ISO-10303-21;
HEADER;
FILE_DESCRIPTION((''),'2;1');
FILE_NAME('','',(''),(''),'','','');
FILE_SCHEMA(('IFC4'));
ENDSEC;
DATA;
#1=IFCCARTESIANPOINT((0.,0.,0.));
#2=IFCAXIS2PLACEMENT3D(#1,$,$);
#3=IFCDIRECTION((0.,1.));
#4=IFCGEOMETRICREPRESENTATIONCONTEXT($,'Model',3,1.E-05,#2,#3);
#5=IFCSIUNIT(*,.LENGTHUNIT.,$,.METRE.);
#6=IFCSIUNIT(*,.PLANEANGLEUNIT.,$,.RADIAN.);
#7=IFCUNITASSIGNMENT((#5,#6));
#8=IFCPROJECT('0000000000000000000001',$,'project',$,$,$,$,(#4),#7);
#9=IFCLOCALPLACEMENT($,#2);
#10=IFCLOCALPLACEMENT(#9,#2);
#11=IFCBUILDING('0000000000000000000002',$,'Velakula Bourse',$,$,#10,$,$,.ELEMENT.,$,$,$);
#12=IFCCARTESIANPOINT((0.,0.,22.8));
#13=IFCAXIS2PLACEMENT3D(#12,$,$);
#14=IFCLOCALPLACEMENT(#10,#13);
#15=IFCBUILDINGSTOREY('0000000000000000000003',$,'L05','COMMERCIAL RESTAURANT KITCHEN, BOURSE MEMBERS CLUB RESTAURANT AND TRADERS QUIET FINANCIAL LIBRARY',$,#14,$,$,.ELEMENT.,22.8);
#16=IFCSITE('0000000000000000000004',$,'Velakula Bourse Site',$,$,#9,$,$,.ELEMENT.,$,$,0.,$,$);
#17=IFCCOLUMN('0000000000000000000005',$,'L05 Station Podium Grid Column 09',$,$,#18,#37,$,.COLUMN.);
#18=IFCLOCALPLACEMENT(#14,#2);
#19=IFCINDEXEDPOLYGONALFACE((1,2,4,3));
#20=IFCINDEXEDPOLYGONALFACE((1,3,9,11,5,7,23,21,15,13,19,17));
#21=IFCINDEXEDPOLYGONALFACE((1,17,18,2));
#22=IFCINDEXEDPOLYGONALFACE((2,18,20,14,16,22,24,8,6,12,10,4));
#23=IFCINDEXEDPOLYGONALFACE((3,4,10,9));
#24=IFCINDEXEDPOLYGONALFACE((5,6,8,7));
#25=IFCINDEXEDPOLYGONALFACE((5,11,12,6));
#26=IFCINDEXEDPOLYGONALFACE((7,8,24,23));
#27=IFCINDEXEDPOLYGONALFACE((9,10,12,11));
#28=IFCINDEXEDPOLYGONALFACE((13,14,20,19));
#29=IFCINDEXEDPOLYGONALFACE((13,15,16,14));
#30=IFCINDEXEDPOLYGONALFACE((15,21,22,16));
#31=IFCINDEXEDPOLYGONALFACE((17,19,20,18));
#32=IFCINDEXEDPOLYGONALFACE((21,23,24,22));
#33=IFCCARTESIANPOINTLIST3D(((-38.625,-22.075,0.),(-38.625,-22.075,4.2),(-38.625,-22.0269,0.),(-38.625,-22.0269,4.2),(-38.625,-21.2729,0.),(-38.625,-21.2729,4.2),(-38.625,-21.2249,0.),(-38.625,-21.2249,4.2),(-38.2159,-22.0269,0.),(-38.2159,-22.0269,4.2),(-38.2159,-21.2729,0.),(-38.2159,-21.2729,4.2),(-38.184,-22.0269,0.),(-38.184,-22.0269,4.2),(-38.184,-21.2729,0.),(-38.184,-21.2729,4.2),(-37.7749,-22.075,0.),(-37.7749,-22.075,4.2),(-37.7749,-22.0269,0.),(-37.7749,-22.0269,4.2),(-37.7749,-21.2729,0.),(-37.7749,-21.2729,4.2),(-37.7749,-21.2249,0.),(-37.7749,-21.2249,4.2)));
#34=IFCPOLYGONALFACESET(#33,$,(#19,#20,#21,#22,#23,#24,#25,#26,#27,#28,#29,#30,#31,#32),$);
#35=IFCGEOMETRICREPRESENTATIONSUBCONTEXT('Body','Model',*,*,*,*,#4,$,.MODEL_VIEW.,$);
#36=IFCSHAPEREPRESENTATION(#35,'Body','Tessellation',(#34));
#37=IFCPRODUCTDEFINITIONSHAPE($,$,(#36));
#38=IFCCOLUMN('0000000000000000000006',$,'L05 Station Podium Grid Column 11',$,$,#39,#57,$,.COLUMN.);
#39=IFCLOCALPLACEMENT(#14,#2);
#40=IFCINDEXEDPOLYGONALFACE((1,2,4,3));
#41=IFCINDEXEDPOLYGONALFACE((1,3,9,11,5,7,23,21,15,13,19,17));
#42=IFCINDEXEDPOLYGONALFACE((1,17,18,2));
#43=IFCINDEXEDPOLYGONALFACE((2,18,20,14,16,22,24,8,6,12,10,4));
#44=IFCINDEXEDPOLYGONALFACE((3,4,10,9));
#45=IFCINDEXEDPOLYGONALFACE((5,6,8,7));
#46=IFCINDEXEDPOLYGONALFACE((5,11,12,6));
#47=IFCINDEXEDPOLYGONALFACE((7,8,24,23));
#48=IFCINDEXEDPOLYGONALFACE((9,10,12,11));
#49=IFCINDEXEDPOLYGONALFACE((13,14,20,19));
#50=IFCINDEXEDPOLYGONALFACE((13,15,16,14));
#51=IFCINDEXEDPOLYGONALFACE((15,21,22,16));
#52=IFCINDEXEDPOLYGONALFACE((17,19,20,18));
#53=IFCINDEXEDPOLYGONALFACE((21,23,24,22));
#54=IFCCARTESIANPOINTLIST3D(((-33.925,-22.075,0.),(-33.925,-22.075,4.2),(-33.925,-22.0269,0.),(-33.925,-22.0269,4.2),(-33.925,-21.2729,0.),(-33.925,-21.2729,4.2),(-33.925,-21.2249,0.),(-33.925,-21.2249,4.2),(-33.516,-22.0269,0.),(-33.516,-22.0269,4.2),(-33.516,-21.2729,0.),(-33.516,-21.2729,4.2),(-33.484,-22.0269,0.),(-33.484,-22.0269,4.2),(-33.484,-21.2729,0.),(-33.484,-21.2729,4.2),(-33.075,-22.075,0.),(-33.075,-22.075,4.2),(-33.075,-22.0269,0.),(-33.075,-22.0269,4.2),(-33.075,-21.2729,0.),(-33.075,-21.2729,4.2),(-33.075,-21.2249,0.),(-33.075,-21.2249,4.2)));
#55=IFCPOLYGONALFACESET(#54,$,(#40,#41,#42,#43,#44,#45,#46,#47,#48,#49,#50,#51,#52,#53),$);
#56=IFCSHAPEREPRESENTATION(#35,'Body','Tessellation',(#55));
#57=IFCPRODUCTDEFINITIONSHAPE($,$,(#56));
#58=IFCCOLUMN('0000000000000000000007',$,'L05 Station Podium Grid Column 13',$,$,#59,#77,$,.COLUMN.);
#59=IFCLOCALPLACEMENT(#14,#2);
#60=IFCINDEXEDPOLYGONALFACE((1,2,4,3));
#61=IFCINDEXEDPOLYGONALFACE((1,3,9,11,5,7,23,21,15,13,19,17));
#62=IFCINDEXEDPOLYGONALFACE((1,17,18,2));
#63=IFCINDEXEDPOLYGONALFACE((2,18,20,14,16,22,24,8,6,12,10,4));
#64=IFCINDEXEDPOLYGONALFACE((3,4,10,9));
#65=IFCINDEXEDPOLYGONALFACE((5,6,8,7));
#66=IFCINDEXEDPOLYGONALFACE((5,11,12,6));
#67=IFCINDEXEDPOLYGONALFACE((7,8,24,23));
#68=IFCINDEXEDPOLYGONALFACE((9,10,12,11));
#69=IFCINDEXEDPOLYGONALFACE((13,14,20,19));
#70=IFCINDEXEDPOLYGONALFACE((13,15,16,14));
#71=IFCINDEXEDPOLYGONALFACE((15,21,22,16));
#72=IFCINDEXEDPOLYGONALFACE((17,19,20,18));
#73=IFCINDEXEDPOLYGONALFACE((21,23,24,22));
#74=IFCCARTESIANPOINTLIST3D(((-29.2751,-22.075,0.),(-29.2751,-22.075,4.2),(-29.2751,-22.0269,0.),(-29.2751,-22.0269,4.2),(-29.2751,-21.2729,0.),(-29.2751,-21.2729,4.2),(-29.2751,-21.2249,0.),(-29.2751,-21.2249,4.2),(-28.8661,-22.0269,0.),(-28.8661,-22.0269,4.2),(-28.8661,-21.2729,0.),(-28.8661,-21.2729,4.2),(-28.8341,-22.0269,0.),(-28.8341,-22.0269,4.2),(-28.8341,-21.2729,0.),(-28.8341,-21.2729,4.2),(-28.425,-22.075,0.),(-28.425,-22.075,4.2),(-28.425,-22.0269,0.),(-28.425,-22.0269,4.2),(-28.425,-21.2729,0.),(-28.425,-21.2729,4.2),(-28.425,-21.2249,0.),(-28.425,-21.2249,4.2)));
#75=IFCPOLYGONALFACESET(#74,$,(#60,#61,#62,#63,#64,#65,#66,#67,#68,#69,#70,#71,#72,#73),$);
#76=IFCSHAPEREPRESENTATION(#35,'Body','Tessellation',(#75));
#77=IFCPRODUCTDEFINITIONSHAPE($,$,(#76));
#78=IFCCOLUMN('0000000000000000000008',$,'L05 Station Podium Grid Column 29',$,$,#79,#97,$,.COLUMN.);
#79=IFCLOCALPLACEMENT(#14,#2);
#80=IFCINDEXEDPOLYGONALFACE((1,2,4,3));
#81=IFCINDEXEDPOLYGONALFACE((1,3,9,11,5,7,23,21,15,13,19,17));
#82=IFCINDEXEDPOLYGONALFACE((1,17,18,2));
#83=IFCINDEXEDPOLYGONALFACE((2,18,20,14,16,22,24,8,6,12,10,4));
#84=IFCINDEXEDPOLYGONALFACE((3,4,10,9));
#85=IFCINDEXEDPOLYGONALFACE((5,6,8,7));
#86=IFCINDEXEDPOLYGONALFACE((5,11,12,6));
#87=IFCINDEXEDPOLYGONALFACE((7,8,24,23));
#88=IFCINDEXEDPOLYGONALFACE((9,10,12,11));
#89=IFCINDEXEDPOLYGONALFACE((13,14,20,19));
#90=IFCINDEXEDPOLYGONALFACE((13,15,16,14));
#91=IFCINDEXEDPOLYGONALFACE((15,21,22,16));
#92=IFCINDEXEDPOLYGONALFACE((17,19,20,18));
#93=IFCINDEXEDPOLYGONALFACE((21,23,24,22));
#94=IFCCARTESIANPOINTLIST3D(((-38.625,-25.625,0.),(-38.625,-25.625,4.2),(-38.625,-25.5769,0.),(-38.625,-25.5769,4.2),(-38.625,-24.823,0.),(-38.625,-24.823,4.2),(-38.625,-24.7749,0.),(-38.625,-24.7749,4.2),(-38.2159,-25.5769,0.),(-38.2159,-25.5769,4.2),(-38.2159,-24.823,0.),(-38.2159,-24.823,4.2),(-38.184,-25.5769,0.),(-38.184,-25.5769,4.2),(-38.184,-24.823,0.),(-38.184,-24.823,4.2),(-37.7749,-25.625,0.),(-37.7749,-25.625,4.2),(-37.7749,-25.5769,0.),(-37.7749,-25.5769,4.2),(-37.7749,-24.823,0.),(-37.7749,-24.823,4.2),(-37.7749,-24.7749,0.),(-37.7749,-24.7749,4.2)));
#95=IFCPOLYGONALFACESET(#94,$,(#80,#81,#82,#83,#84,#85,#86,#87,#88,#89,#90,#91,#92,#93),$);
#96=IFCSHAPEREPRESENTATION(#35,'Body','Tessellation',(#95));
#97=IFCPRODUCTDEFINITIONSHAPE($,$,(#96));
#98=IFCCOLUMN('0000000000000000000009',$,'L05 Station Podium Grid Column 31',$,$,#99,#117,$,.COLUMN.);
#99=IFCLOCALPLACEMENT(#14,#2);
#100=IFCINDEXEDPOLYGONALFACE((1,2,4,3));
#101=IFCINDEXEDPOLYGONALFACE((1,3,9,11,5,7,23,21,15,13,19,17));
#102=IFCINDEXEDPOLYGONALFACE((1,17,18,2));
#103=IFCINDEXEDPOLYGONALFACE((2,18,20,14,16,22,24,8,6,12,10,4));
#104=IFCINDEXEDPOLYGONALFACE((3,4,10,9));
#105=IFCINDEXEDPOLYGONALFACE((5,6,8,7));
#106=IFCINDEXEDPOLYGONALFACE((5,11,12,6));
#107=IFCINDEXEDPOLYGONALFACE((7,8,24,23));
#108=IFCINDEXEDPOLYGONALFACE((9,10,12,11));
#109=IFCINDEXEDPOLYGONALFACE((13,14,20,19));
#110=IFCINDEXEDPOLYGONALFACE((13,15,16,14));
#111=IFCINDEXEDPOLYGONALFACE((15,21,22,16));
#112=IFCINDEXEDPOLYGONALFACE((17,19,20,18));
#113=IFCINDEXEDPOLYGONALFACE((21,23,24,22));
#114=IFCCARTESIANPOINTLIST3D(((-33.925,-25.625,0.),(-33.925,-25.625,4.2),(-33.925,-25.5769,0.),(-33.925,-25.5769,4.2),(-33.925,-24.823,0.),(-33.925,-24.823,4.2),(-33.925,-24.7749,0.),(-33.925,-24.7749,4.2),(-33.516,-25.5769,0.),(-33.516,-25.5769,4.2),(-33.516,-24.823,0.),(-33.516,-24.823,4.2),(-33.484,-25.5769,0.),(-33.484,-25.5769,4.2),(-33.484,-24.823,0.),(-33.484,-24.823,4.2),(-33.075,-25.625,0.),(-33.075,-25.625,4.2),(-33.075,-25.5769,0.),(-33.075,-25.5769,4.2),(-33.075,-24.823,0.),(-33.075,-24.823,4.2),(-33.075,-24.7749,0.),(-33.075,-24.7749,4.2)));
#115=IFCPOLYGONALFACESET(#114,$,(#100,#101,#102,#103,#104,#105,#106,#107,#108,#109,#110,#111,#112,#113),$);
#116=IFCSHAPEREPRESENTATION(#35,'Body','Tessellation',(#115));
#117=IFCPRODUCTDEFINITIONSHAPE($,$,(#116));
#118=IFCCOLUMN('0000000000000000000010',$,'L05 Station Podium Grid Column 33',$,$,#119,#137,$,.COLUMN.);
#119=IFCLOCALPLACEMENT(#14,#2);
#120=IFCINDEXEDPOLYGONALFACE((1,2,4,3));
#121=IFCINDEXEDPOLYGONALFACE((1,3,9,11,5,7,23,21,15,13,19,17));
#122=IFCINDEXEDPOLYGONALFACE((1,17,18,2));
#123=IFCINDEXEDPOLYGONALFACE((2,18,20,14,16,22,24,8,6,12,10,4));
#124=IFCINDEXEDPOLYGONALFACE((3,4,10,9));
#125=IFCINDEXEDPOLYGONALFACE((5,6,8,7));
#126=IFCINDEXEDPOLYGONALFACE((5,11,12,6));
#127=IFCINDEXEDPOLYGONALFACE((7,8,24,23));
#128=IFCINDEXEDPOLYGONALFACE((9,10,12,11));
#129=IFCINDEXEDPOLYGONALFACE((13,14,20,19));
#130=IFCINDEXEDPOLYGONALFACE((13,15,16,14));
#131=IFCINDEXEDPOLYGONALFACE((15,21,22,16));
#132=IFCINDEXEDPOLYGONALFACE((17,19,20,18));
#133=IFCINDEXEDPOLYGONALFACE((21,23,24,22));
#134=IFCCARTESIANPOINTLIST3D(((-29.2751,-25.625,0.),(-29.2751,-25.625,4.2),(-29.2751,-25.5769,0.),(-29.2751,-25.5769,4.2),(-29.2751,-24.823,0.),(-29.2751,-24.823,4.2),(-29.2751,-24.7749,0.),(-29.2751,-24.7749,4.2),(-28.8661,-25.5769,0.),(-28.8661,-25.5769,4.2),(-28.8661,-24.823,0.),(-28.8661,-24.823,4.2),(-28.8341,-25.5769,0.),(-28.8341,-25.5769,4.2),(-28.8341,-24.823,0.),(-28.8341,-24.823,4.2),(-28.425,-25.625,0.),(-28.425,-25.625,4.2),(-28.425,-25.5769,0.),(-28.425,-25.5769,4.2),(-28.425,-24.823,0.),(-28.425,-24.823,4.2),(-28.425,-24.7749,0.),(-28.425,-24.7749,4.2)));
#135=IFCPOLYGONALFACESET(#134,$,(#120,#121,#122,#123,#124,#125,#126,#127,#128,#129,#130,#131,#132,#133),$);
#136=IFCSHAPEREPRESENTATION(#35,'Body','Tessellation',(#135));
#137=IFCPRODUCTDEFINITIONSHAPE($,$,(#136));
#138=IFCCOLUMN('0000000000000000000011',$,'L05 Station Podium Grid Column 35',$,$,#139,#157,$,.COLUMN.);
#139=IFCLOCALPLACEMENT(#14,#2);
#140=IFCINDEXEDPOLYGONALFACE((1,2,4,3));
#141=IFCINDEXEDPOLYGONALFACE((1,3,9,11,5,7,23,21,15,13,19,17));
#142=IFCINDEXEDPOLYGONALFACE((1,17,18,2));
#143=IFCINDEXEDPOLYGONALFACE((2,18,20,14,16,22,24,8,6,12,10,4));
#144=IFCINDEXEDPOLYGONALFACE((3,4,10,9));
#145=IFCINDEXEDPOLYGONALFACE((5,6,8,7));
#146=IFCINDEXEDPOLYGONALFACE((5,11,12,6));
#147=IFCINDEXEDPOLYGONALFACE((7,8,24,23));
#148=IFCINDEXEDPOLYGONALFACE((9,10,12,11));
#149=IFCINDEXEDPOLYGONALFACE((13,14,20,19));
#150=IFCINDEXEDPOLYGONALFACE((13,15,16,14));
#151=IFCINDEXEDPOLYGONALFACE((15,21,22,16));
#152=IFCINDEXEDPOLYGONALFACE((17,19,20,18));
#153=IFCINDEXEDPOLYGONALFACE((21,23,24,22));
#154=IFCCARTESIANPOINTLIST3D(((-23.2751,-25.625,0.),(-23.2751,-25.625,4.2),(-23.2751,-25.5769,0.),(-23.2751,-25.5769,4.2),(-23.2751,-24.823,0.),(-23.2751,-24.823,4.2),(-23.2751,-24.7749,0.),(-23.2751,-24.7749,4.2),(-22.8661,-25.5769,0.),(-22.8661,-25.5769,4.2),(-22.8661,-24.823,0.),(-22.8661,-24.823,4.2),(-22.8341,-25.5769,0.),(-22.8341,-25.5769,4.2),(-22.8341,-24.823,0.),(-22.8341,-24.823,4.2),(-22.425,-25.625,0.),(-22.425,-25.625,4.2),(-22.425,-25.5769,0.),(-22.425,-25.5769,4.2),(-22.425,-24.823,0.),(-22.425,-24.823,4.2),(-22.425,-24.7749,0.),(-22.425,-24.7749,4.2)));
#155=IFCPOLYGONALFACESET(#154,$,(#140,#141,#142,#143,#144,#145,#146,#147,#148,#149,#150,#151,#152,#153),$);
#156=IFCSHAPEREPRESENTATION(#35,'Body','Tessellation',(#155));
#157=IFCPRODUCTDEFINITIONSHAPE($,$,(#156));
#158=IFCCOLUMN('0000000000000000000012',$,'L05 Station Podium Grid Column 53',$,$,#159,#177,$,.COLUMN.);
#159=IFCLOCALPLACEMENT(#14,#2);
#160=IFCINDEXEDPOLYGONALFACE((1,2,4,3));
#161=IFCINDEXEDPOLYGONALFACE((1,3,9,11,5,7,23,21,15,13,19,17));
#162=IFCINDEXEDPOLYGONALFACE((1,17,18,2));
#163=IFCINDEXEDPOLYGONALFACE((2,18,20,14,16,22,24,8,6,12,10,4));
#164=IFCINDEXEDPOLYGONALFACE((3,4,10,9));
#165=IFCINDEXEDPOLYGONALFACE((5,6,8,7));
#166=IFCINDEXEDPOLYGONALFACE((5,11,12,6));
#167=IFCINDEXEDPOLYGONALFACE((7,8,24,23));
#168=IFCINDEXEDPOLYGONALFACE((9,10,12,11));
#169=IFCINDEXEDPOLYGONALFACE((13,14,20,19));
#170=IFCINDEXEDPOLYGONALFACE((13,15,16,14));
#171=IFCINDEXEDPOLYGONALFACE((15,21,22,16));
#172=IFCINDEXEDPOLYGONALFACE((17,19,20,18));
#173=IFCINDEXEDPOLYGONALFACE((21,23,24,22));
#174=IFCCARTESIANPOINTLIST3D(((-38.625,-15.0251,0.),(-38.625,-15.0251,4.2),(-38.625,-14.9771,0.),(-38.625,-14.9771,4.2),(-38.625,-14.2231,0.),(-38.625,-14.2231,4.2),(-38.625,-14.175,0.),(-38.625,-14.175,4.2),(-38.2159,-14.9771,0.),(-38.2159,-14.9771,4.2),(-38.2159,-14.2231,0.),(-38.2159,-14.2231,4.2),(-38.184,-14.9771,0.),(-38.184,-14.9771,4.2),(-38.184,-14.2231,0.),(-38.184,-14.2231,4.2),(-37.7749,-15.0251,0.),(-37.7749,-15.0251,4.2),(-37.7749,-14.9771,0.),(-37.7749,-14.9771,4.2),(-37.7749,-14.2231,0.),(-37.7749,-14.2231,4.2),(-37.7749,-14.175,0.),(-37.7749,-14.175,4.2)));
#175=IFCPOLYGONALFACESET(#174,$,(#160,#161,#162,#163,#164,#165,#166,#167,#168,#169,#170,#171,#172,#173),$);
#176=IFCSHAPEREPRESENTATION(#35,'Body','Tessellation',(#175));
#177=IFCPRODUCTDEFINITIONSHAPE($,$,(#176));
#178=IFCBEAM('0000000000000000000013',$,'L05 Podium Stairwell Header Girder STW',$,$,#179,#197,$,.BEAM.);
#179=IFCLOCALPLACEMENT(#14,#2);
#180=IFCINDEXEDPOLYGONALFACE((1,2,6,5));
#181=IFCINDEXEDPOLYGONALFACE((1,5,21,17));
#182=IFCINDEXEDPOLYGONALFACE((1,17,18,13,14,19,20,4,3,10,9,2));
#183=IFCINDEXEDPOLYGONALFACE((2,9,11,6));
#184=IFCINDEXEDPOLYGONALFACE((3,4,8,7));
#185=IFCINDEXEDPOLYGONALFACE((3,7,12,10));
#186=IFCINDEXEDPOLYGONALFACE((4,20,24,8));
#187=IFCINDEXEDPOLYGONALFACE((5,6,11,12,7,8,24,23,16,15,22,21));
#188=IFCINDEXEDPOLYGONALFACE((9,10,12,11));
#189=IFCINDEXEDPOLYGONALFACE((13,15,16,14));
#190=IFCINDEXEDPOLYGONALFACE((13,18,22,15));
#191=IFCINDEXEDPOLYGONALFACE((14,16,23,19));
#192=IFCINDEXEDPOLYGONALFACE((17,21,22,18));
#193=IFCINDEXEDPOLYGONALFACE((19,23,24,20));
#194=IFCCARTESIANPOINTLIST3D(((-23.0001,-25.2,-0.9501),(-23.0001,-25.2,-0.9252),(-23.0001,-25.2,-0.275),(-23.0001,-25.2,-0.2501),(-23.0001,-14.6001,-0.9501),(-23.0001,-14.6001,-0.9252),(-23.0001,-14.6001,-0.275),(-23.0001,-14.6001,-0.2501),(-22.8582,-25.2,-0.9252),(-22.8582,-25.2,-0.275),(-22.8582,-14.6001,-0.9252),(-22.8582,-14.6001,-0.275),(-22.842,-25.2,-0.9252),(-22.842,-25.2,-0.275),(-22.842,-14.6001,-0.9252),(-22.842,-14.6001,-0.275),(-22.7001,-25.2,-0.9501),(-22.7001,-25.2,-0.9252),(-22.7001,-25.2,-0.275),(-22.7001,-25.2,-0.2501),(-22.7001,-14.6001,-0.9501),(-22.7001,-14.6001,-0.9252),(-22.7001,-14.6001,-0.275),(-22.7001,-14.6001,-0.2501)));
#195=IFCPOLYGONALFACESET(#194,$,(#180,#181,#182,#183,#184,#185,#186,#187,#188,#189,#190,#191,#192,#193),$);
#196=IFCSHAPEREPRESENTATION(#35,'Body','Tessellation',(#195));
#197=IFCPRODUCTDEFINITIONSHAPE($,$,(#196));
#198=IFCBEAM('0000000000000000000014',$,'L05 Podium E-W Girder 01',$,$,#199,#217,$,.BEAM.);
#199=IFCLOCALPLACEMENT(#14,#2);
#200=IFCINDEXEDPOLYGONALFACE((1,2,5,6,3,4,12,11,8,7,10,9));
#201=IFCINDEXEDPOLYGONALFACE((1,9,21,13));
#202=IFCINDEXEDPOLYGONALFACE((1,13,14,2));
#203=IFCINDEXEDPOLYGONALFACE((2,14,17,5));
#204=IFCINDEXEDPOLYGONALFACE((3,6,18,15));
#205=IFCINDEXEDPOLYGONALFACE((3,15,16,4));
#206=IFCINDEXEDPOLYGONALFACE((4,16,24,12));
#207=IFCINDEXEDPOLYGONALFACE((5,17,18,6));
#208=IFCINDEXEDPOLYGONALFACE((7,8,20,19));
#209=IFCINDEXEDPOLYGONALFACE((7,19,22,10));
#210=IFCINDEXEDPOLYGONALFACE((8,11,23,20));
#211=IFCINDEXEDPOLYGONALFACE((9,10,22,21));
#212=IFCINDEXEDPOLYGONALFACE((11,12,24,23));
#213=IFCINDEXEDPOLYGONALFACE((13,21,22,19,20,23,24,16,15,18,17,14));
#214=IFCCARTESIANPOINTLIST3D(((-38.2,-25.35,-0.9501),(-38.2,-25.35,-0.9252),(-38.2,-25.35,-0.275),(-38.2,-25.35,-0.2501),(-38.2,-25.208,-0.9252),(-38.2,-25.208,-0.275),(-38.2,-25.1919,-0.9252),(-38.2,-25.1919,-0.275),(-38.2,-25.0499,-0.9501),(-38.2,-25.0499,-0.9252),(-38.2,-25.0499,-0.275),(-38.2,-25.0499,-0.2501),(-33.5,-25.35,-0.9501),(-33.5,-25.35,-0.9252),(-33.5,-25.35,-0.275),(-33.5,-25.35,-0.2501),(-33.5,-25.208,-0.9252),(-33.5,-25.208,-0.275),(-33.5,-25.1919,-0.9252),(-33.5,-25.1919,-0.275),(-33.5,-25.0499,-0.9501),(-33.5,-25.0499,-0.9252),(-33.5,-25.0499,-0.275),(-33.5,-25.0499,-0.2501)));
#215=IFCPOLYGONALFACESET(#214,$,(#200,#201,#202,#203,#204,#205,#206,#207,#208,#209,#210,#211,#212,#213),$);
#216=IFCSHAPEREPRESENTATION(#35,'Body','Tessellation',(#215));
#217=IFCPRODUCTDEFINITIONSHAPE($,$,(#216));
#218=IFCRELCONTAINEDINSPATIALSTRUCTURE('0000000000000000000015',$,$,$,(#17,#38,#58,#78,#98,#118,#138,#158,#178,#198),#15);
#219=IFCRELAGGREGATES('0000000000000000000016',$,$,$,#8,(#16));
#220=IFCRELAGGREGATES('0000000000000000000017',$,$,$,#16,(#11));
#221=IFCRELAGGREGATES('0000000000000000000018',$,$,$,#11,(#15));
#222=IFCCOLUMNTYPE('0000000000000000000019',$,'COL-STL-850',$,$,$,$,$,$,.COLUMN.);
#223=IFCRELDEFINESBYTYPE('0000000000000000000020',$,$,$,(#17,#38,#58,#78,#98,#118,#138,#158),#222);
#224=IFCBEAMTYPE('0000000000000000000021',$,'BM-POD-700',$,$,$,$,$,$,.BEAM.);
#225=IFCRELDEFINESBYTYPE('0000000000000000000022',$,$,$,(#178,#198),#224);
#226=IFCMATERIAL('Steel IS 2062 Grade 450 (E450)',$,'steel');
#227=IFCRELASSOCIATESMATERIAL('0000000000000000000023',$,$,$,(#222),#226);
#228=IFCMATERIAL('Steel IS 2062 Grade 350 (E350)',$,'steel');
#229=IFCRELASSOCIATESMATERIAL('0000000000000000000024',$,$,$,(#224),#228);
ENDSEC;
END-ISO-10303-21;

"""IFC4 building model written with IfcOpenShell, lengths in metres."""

from ifc_helpers import new_model, si_unit, direction, frame, origin, origin_2d, place, context, subcontext, project, spatial, i_section, extrude, material, material_profile, profile_set, type_object, element, save


model = new_model("IFC4")

# Units and contexts
model_context = context("Model", 3, precision=1e-05, world=origin(), true_north=direction((0.0, 1.0)))
body_context = subcontext(model_context, "Body", "Model", "MODEL_VIEW")
ifc_project = project(units=[si_unit("LENGTHUNIT", "METRE"), si_unit("PLANEANGLEUNIT", "RADIAN")], contexts=[model_context])

# Site, building, storey
site_placement = place(None, origin())
site = spatial("IfcSite", under=ifc_project, at=site_placement, Name="Velakula Bourse Site", CompositionType="ELEMENT", RefElevation=0.0)
building_placement = place(site_placement, origin())
building = spatial("IfcBuilding", under=site, at=building_placement, Name="Velakula Bourse", CompositionType="ELEMENT")
storey_placement = place(building_placement, frame((0.0, 0.0, 22.8)))
storey = spatial("IfcBuildingStorey", under=building, at=storey_placement, Name="L05", Description="COMMERCIAL RESTAURANT KITCHEN, BOURSE MEMBERS CLUB RESTAURANT AND TRADERS QUIET FINANCIAL LIBRARY", CompositionType="ELEMENT", Elevation=22.8)

# Columns
ifc_material_1 = material(Name="Steel IS 2062 Grade 450 (E450)", Category="steel")
ifc_material_profile_1 = material_profile(ifc_material_1, i_section(OverallWidth=0.8501, OverallDepth=0.8501, WebThickness=0.032, FlangeThickness=0.0481, at=origin_2d()), Name="Steel IS 2062 Grade 450 (E450)")
ifc_profile_set_1 = profile_set([ifc_material_profile_1], Name="Steel IS 2062 Grade 450 (E450)")
column_type = type_object("IfcColumnType", Name="COL-STL-850", PredefinedType="COLUMN", material=ifc_profile_set_1)
for number, where, z_axis, x_axis, name in (
    (1, (-38.2, -21.6499, 0.0), (0.0, 0.0, 1.0), (1.0, 0.0, 0.0), "L05 Station Podium Grid Column 09"),
    (2, (-33.5, -21.6499, 0.0), (0.0, 0.0, 1.0), (1.0, 0.0, 0.0), "L05 Station Podium Grid Column 11"),
    (3, (-28.8501, -21.6499, 0.0), (0.0, 0.0, 1.0), (1.0, 0.0, 0.0), "L05 Station Podium Grid Column 13"),
    (4, (-38.2, -25.2, 0.0), (0.0, 0.0, 1.0), (1.0, 0.0, 0.0), "L05 Station Podium Grid Column 29"),
    (5, (-33.5, -25.2, 0.0), (0.0, 0.0, 1.0), (1.0, 0.0, 0.0), "L05 Station Podium Grid Column 31"),
    (6, (-28.8501, -25.2, 0.0), (0.0, 0.0, 1.0), (1.0, 0.0, 0.0), "L05 Station Podium Grid Column 33"),
    (7, (-22.8501, -25.2, 0.0), (0.0, 0.0, 1.0), (1.0, 0.0, 0.0), "L05 Station Podium Grid Column 35"),
    (8, (-38.2, -14.6001, 0.0), (0.0, 0.0, 1.0), (1.0, 0.0, 0.0), "L05 Station Podium Grid Column 53"),
):
    element("IfcColumn", number, at=place(storey_placement, frame(where, z_axis=z_axis, x_axis=x_axis)), inside=storey, type_object=column_type, Name=name, PredefinedType="COLUMN", context=body_context, shape_type="SweptSolid", body=[
        extrude(i_section(OverallWidth=0.8501, OverallDepth=0.8501, WebThickness=0.032, FlangeThickness=0.0481, at=origin_2d()), origin(), (0.0, 0.0, 1.0), 4.2),
    ])

# Beams
ifc_material_2 = material(Name="Steel IS 2062 Grade 350 (E350)", Category="steel")
ifc_material_profile_2 = material_profile(ifc_material_2, i_section(OverallWidth=0.3, OverallDepth=0.7, WebThickness=0.0161, FlangeThickness=0.0249, at=origin_2d()), Name="Steel IS 2062 Grade 350 (E350)")
ifc_profile_set_2 = profile_set([ifc_material_profile_2], Name="Steel IS 2062 Grade 350 (E350)")
beam_type_1 = type_object("IfcBeamType", Name="BM-POD-700", PredefinedType="BEAM", material=ifc_profile_set_2)
beam_1_placement = place(storey_placement, frame((-22.8501, -25.2, -0.6001), z_axis=(0.0, 1.0, 0.0), x_axis=(-1.0, 0.0, 0.0)))
element("IfcBeam", 9, at=beam_1_placement, inside=storey, type_object=beam_type_1, Name="L05 Podium Stairwell Header Girder STW", PredefinedType="BEAM", context=body_context, shape_type="SweptSolid", body=[
    extrude(i_section(OverallWidth=0.3, OverallDepth=0.7, WebThickness=0.0161, FlangeThickness=0.0249, at=origin_2d()), origin(), (0.0, 0.0, 1.0), 10.5999),
])
beam_2_placement = place(storey_placement, frame((-38.2, -25.2, -0.6001), z_axis=(1.0, 0.0, 0.0), x_axis=(0.0, 1.0, 0.0)))
element("IfcBeam", 10, at=beam_2_placement, inside=storey, type_object=beam_type_1, Name="L05 Podium E-W Girder 01", PredefinedType="BEAM", context=body_context, shape_type="SweptSolid", body=[
    extrude(i_section(OverallWidth=0.3, OverallDepth=0.7, WebThickness=0.0161, FlangeThickness=0.0249, at=origin_2d()), origin(), (0.0, 0.0, 1.0), 4.7),
])

save(model, "model.ifc")
